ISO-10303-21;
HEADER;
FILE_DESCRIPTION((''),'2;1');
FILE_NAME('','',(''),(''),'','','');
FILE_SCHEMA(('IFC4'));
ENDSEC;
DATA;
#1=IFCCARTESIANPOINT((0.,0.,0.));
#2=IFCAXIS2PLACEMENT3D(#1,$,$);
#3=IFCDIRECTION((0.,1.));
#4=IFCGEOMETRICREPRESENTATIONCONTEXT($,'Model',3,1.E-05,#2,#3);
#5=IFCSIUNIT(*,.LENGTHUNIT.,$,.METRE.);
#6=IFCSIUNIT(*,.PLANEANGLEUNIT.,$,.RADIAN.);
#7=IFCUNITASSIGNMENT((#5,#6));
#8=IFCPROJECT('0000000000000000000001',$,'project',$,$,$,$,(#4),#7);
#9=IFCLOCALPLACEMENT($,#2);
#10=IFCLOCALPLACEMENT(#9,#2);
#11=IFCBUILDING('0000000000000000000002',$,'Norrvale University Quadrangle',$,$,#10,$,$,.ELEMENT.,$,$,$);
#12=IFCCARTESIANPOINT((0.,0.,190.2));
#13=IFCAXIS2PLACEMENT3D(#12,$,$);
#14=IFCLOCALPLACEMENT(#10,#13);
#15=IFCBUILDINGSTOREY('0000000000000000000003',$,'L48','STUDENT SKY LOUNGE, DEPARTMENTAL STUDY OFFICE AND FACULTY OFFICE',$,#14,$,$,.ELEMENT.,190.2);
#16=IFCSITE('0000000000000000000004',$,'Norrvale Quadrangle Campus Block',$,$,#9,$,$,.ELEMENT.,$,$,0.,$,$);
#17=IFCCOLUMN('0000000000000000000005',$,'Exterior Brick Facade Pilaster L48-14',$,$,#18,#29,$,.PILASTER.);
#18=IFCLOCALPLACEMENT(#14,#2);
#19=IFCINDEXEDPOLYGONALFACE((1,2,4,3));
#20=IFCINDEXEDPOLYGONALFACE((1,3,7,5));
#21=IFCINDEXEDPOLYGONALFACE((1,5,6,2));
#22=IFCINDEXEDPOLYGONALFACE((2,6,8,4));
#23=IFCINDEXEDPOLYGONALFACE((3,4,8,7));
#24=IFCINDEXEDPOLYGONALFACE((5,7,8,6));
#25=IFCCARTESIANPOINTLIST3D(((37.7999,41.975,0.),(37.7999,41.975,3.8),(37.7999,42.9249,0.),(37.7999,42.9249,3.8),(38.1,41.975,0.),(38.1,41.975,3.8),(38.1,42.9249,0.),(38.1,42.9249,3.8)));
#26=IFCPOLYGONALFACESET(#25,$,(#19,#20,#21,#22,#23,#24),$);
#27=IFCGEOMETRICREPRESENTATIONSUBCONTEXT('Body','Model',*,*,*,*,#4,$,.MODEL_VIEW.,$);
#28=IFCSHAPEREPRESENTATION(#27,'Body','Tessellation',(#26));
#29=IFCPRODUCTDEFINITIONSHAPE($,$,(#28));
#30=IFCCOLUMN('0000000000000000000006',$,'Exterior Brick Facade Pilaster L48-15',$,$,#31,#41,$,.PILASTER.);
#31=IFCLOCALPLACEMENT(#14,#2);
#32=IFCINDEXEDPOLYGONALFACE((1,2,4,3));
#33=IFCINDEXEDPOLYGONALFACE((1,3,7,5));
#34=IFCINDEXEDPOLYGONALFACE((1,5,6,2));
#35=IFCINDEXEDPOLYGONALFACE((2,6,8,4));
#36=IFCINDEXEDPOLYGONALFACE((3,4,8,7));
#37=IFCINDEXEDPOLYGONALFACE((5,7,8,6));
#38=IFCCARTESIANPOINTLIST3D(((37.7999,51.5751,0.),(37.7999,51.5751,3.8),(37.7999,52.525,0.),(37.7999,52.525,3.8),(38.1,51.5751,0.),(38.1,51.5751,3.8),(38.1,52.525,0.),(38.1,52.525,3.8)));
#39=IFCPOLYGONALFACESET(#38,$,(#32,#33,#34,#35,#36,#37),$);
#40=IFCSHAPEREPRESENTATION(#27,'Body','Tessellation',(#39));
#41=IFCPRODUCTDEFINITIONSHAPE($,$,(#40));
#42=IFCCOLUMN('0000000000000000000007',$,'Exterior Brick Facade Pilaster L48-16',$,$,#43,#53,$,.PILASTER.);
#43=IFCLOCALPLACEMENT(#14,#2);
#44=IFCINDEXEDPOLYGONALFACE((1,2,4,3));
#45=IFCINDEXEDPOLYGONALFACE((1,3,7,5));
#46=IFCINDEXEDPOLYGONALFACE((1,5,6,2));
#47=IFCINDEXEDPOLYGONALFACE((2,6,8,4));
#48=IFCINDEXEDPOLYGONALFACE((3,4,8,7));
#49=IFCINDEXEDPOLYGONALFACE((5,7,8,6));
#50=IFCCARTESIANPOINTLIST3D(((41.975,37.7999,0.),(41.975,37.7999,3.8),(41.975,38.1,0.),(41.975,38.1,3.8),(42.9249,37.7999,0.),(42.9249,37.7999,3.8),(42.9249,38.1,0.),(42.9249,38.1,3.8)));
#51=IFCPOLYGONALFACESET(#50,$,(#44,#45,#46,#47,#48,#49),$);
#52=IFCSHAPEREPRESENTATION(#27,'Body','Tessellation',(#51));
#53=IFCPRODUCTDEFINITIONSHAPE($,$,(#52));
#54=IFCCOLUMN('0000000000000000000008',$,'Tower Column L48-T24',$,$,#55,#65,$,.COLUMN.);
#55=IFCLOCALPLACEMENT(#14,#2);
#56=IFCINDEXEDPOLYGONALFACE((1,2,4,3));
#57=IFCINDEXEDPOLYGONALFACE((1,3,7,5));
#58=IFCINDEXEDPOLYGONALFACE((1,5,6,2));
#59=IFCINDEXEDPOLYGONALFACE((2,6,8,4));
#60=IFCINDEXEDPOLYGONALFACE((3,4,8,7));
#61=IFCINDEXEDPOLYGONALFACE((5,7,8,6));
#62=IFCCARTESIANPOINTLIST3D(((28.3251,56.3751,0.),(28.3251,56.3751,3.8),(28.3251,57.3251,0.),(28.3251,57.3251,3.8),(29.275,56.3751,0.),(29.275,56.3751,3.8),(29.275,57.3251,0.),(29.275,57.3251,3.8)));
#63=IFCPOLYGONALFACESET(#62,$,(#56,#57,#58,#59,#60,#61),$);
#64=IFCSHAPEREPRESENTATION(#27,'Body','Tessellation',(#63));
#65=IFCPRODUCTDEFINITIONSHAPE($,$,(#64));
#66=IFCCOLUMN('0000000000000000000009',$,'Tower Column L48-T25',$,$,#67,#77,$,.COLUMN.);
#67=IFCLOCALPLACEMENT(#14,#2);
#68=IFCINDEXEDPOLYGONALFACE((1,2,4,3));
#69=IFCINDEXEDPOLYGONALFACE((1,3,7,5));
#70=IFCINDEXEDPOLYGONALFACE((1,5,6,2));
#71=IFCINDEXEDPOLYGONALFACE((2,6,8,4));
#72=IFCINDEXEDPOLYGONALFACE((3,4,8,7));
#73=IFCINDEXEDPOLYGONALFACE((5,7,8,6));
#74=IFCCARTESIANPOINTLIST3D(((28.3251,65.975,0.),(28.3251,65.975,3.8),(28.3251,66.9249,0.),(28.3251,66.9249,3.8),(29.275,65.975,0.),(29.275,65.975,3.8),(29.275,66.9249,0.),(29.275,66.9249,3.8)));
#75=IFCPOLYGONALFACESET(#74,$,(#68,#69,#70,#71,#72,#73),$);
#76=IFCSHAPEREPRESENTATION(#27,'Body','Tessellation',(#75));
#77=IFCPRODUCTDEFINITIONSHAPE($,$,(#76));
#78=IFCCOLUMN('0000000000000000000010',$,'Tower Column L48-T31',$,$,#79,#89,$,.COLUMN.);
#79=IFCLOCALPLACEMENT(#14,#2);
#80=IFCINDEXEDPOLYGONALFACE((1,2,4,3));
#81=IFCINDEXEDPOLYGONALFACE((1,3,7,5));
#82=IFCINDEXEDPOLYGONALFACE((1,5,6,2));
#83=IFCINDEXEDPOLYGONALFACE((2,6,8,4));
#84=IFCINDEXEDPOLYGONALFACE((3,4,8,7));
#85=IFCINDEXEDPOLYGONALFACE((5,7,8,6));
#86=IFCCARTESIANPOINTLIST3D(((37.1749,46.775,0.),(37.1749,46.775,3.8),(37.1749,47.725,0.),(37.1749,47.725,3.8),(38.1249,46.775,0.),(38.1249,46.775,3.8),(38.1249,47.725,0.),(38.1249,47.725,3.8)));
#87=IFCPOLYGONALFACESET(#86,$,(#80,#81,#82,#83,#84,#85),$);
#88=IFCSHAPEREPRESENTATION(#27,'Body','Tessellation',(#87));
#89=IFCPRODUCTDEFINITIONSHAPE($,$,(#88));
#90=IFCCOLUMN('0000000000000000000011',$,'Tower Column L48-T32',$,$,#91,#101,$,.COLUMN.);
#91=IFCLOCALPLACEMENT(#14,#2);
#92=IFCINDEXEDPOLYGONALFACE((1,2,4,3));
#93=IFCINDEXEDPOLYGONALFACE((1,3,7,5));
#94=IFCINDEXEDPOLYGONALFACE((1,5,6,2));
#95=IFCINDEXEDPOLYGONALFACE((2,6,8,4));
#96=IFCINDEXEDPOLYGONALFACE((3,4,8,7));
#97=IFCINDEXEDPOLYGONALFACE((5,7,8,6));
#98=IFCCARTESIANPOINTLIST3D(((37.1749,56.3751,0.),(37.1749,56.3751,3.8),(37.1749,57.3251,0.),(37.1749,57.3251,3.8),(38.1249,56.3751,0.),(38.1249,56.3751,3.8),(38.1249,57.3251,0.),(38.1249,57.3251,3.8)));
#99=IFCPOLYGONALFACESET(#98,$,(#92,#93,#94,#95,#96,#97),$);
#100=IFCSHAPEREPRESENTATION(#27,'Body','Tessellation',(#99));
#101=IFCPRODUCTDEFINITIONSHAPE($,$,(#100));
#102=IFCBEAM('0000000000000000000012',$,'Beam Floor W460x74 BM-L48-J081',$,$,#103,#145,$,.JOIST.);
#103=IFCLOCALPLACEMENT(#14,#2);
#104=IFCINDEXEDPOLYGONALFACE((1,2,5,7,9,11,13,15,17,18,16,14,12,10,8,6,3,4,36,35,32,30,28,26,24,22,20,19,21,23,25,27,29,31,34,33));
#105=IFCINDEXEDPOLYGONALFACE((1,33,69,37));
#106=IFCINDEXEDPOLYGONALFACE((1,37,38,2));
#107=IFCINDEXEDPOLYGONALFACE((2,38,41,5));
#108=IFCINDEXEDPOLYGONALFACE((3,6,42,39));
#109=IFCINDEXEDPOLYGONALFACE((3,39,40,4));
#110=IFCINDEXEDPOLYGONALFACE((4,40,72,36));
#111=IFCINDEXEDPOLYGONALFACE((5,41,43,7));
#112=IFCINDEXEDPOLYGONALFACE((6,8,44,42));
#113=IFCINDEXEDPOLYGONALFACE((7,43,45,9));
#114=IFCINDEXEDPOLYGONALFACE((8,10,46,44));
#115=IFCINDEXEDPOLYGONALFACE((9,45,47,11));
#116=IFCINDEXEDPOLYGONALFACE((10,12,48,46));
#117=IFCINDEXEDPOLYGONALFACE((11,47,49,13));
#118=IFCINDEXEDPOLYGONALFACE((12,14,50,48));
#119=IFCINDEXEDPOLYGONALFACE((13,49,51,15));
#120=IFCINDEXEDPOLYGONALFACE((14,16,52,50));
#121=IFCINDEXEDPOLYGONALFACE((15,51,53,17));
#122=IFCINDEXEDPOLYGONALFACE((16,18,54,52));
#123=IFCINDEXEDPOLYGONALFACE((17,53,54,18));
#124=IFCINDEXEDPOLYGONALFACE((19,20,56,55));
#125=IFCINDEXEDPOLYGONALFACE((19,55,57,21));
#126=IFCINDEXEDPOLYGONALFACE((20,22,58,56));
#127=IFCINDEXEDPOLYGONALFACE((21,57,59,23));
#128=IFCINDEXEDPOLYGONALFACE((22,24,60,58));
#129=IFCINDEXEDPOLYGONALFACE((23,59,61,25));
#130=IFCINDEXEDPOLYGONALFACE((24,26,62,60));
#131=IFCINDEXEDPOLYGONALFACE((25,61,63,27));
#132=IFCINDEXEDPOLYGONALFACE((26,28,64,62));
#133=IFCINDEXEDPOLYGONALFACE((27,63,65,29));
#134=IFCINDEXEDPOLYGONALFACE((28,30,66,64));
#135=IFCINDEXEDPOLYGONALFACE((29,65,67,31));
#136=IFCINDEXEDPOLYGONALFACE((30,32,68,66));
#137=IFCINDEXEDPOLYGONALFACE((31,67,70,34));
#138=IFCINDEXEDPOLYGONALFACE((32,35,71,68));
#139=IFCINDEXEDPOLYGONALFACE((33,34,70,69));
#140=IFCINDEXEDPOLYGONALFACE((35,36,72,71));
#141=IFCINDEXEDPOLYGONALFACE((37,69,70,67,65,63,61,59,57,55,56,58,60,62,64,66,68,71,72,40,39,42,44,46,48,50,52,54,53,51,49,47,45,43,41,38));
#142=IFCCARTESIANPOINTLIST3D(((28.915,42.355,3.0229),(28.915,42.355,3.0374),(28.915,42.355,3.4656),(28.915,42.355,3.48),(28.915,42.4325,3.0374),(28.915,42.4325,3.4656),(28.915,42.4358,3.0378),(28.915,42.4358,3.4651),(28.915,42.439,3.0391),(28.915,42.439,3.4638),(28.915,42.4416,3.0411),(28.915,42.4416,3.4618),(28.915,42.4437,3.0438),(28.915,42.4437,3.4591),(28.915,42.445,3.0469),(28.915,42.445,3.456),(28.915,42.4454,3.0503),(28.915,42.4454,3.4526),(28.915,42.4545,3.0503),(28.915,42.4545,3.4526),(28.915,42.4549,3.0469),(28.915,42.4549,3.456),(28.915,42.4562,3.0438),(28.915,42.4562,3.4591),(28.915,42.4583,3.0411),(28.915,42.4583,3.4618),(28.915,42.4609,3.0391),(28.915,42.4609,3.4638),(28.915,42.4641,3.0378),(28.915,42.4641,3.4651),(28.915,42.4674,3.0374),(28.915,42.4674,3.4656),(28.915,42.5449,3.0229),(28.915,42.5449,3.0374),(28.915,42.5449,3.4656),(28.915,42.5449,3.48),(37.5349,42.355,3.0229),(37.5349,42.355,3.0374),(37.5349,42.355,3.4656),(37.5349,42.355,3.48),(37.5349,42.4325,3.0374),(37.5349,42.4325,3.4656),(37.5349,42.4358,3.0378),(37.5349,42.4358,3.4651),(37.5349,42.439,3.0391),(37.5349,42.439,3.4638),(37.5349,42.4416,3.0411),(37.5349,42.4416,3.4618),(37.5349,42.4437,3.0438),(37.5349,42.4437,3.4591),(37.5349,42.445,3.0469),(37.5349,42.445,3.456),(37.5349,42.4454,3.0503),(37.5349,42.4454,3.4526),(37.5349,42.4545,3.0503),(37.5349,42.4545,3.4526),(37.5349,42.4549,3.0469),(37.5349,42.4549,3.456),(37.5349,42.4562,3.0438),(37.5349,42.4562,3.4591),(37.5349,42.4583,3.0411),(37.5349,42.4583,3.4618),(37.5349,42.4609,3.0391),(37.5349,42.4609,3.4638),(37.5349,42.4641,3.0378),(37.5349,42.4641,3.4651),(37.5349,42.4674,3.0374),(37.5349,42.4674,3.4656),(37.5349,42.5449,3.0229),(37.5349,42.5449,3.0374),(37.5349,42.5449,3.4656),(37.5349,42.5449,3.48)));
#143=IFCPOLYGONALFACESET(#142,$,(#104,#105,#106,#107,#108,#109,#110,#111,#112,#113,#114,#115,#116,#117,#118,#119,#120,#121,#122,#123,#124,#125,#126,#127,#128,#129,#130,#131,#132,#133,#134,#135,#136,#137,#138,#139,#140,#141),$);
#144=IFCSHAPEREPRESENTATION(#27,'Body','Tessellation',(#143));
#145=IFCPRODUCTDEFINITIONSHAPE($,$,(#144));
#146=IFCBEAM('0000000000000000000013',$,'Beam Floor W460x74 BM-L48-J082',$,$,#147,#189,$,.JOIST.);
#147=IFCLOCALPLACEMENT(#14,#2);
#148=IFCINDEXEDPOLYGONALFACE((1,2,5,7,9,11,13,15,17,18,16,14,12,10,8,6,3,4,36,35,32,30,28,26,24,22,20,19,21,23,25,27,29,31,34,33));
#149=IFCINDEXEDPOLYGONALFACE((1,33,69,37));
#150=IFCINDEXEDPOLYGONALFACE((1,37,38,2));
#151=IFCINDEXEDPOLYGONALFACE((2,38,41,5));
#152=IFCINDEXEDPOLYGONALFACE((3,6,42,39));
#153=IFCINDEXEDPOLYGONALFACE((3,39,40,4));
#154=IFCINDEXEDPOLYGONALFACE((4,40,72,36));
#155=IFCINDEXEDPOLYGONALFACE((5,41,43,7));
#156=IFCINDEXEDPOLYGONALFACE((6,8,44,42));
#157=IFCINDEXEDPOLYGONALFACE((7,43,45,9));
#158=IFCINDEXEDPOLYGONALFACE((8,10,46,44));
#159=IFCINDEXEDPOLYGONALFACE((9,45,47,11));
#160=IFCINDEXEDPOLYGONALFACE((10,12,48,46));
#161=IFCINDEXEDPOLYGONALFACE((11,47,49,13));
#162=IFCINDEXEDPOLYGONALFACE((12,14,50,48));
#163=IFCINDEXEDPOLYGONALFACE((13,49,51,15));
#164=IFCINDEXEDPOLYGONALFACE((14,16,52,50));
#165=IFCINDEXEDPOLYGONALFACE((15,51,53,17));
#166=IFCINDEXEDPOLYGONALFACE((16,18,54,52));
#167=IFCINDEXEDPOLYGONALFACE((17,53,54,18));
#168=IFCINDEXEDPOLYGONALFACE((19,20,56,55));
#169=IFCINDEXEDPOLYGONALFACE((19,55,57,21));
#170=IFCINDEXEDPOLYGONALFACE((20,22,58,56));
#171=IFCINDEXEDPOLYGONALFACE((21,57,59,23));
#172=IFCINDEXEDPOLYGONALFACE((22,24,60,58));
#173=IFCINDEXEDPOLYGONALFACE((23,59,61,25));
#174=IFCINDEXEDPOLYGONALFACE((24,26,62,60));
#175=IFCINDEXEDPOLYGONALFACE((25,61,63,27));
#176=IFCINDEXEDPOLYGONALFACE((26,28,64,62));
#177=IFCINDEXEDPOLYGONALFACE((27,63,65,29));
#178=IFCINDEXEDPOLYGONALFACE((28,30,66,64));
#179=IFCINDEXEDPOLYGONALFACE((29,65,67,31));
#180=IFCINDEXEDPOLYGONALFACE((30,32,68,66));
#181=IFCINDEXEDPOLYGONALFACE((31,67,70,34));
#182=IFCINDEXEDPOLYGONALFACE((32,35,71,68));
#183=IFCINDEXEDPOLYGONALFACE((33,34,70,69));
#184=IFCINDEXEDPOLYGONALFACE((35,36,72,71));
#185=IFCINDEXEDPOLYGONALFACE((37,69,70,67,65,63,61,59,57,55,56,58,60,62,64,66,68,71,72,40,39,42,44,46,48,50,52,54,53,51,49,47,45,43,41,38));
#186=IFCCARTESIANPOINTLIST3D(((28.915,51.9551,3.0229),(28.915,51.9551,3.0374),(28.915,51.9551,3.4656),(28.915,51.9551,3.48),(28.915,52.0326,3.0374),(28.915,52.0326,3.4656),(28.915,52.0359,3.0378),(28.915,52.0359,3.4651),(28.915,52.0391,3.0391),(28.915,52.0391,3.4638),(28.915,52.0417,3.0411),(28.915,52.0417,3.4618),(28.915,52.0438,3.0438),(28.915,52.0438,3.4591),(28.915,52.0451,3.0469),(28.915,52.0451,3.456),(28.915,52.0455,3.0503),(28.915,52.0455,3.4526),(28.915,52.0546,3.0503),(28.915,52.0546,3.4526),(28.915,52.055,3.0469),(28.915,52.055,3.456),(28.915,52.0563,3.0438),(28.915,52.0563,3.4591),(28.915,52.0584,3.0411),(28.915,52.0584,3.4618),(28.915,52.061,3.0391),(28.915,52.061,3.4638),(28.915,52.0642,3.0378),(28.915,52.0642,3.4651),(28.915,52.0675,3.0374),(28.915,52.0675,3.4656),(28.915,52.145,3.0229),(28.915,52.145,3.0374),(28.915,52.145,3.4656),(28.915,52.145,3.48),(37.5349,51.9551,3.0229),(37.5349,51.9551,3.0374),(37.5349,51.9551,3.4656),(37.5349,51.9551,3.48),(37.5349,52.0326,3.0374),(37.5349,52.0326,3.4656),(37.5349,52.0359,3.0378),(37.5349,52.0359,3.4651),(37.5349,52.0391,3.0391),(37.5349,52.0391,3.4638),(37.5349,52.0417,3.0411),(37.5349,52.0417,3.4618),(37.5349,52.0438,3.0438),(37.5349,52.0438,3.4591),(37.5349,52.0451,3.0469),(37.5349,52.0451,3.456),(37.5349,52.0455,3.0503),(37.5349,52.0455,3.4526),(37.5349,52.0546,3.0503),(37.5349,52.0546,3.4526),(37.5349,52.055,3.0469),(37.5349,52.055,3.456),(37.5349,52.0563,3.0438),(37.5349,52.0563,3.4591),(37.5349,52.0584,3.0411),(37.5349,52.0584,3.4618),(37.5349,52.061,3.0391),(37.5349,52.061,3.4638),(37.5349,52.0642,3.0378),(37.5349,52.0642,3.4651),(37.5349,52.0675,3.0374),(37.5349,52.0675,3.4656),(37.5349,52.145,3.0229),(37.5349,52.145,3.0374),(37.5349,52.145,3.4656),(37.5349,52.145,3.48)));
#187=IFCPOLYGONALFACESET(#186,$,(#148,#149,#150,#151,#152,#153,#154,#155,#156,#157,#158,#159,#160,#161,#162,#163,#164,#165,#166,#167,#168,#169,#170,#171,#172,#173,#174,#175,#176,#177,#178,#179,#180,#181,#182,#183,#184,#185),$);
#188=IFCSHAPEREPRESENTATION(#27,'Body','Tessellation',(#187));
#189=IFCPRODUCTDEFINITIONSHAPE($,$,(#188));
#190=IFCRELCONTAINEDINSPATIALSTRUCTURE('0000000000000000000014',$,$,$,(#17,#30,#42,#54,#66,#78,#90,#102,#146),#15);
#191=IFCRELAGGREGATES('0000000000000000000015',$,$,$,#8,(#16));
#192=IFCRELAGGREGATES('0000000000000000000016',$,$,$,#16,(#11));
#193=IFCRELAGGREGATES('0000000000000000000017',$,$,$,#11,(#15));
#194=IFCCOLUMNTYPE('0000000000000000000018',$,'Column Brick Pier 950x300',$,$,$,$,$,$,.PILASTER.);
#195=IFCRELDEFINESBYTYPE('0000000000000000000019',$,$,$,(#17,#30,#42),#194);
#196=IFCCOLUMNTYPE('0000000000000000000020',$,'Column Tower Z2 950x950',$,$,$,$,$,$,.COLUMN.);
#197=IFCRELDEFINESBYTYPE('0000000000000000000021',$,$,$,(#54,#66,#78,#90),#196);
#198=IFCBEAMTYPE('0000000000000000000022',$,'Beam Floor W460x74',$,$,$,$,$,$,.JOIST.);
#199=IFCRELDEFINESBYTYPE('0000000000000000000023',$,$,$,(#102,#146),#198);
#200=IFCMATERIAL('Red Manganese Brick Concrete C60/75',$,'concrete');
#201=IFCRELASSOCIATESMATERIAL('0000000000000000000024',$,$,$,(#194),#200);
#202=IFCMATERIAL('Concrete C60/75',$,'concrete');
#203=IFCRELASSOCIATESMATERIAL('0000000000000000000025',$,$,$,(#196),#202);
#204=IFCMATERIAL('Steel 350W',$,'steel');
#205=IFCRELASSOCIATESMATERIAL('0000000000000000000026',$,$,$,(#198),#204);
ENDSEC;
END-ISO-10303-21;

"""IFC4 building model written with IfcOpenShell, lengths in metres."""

from ifc_helpers import new_model, si_unit, direction, frame, origin, origin_2d, place, context, subcontext, project, spatial, rectangle, i_section, extrude, material, material_profile, profile_set, type_object, element, save


model = new_model("IFC4")

# Units and contexts
model_context = context("Model", 3, precision=1e-05, world=origin(), true_north=direction((0.0, 1.0)))
body_context = subcontext(model_context, "Body", "Model", "MODEL_VIEW")
ifc_project = project(units=[si_unit("LENGTHUNIT", "METRE"), si_unit("PLANEANGLEUNIT", "RADIAN")], contexts=[model_context])

# Site, building, storey
site_placement = place(None, origin())
site = spatial("IfcSite", under=ifc_project, at=site_placement, Name="Norrvale Quadrangle Campus Block", CompositionType="ELEMENT", RefElevation=0.0)
building_placement = place(site_placement, origin())
building = spatial("IfcBuilding", under=site, at=building_placement, Name="Norrvale University Quadrangle", CompositionType="ELEMENT")
storey_placement = place(building_placement, frame((0.0, 0.0, 190.2)))
storey = spatial("IfcBuildingStorey", under=building, at=storey_placement, Name="L48", Description="STUDENT SKY LOUNGE, DEPARTMENTAL STUDY OFFICE AND FACULTY OFFICE", CompositionType="ELEMENT", Elevation=190.2)

# Columns
ifc_material_1 = material(Name="Red Manganese Brick Concrete C60/75", Category="concrete")
ifc_material_profile_1 = material_profile(ifc_material_1, rectangle(XDim=0.95, YDim=0.3, at=origin_2d()), Name="Red Manganese Brick Concrete C60/75")
ifc_profile_set_1 = profile_set([ifc_material_profile_1], Name="Red Manganese Brick Concrete C60/75")
column_type_1 = type_object("IfcColumnType", Name="Column Brick Pier 950x300", PredefinedType="PILASTER", material=ifc_profile_set_1)
for number, where, z_axis, x_axis, name in (
    (1, (37.95, 42.45, 0.0), (0.0, 0.0, 1.0), (0.0, 1.0, 0.0), "Exterior Brick Facade Pilaster L48-14"),
    (2, (37.95, 52.05, 0.0), (0.0, 0.0, 1.0), (0.0, 1.0, 0.0), "Exterior Brick Facade Pilaster L48-15"),
    (3, (42.45, 37.95, 0.0), (0.0, 0.0, 1.0), (1.0, 0.0, 0.0), "Exterior Brick Facade Pilaster L48-16"),
):
    element("IfcColumn", number, at=place(storey_placement, frame(where, z_axis=z_axis, x_axis=x_axis)), inside=storey, type_object=column_type_1, Name=name, PredefinedType="PILASTER", context=body_context, shape_type="SweptSolid", body=[
        extrude(rectangle(XDim=0.95, YDim=0.3, at=origin_2d()), origin(), (0.0, 0.0, 1.0), 3.8),
    ])
ifc_material_2 = material(Name="Concrete C60/75", Category="concrete")
ifc_material_profile_2 = material_profile(ifc_material_2, rectangle(XDim=0.95, YDim=0.95, at=origin_2d()), Name="Concrete C60/75")
ifc_profile_set_2 = profile_set([ifc_material_profile_2], Name="Concrete C60/75")
column_type_2 = type_object("IfcColumnType", Name="Column Tower Z2 950x950", PredefinedType="COLUMN", material=ifc_profile_set_2)
for number, where, z_axis, x_axis, name in (
    (4, (28.8, 56.8501, 0.0), (0.0, 0.0, 1.0), (1.0, 0.0, 0.0), "Tower Column L48-T24"),
    (5, (28.8, 66.45, 0.0), (0.0, 0.0, 1.0), (1.0, 0.0, 0.0), "Tower Column L48-T25"),
    (6, (37.6499, 47.25, 0.0), (0.0, 0.0, 1.0), (1.0, 0.0, 0.0), "Tower Column L48-T31"),
    (7, (37.6499, 56.8501, 0.0), (0.0, 0.0, 1.0), (1.0, 0.0, 0.0), "Tower Column L48-T32"),
):
    element("IfcColumn", number, at=place(storey_placement, frame(where, z_axis=z_axis, x_axis=x_axis)), inside=storey, type_object=column_type_2, Name=name, PredefinedType="COLUMN", context=body_context, shape_type="SweptSolid", body=[
        extrude(rectangle(XDim=0.95, YDim=0.95, at=origin_2d()), origin(), (0.0, 0.0, 1.0), 3.8),
    ])

# Beams
ifc_material_3 = material(Name="Steel 350W", Category="steel")
ifc_material_profile_3 = material_profile(ifc_material_3, i_section(OverallWidth=0.1899, OverallDepth=0.457, WebThickness=0.009, FlangeThickness=0.0144, FilletRadius=0.0129, at=origin_2d()), Name="Steel 350W")
ifc_profile_set_3 = profile_set([ifc_material_profile_3], Name="Steel 350W")
beam_type_1 = type_object("IfcBeamType", Name="Beam Floor W460x74", PredefinedType="JOIST", material=ifc_profile_set_3)
for number, where, z_axis, x_axis, name in (
    (8, (28.915, 42.45, 3.2515), (1.0, 0.0, 0.0), (0.0, 1.0, 0.0), "Beam Floor W460x74 BM-L48-J081"),
    (9, (28.915, 52.05, 3.2515), (1.0, 0.0, 0.0), (0.0, 1.0, 0.0), "Beam Floor W460x74 BM-L48-J082"),
):
    element("IfcBeam", number, at=place(storey_placement, frame(where, z_axis=z_axis, x_axis=x_axis)), inside=storey, type_object=beam_type_1, Name=name, PredefinedType="JOIST", context=body_context, shape_type="SweptSolid", body=[
        extrude(i_section(OverallWidth=0.1899, OverallDepth=0.457, WebThickness=0.009, FlangeThickness=0.0144, FilletRadius=0.0129, at=origin_2d()), origin(), (0.0, 0.0, 1.0), 8.6199),
    ])

save(model, "model.ifc")
